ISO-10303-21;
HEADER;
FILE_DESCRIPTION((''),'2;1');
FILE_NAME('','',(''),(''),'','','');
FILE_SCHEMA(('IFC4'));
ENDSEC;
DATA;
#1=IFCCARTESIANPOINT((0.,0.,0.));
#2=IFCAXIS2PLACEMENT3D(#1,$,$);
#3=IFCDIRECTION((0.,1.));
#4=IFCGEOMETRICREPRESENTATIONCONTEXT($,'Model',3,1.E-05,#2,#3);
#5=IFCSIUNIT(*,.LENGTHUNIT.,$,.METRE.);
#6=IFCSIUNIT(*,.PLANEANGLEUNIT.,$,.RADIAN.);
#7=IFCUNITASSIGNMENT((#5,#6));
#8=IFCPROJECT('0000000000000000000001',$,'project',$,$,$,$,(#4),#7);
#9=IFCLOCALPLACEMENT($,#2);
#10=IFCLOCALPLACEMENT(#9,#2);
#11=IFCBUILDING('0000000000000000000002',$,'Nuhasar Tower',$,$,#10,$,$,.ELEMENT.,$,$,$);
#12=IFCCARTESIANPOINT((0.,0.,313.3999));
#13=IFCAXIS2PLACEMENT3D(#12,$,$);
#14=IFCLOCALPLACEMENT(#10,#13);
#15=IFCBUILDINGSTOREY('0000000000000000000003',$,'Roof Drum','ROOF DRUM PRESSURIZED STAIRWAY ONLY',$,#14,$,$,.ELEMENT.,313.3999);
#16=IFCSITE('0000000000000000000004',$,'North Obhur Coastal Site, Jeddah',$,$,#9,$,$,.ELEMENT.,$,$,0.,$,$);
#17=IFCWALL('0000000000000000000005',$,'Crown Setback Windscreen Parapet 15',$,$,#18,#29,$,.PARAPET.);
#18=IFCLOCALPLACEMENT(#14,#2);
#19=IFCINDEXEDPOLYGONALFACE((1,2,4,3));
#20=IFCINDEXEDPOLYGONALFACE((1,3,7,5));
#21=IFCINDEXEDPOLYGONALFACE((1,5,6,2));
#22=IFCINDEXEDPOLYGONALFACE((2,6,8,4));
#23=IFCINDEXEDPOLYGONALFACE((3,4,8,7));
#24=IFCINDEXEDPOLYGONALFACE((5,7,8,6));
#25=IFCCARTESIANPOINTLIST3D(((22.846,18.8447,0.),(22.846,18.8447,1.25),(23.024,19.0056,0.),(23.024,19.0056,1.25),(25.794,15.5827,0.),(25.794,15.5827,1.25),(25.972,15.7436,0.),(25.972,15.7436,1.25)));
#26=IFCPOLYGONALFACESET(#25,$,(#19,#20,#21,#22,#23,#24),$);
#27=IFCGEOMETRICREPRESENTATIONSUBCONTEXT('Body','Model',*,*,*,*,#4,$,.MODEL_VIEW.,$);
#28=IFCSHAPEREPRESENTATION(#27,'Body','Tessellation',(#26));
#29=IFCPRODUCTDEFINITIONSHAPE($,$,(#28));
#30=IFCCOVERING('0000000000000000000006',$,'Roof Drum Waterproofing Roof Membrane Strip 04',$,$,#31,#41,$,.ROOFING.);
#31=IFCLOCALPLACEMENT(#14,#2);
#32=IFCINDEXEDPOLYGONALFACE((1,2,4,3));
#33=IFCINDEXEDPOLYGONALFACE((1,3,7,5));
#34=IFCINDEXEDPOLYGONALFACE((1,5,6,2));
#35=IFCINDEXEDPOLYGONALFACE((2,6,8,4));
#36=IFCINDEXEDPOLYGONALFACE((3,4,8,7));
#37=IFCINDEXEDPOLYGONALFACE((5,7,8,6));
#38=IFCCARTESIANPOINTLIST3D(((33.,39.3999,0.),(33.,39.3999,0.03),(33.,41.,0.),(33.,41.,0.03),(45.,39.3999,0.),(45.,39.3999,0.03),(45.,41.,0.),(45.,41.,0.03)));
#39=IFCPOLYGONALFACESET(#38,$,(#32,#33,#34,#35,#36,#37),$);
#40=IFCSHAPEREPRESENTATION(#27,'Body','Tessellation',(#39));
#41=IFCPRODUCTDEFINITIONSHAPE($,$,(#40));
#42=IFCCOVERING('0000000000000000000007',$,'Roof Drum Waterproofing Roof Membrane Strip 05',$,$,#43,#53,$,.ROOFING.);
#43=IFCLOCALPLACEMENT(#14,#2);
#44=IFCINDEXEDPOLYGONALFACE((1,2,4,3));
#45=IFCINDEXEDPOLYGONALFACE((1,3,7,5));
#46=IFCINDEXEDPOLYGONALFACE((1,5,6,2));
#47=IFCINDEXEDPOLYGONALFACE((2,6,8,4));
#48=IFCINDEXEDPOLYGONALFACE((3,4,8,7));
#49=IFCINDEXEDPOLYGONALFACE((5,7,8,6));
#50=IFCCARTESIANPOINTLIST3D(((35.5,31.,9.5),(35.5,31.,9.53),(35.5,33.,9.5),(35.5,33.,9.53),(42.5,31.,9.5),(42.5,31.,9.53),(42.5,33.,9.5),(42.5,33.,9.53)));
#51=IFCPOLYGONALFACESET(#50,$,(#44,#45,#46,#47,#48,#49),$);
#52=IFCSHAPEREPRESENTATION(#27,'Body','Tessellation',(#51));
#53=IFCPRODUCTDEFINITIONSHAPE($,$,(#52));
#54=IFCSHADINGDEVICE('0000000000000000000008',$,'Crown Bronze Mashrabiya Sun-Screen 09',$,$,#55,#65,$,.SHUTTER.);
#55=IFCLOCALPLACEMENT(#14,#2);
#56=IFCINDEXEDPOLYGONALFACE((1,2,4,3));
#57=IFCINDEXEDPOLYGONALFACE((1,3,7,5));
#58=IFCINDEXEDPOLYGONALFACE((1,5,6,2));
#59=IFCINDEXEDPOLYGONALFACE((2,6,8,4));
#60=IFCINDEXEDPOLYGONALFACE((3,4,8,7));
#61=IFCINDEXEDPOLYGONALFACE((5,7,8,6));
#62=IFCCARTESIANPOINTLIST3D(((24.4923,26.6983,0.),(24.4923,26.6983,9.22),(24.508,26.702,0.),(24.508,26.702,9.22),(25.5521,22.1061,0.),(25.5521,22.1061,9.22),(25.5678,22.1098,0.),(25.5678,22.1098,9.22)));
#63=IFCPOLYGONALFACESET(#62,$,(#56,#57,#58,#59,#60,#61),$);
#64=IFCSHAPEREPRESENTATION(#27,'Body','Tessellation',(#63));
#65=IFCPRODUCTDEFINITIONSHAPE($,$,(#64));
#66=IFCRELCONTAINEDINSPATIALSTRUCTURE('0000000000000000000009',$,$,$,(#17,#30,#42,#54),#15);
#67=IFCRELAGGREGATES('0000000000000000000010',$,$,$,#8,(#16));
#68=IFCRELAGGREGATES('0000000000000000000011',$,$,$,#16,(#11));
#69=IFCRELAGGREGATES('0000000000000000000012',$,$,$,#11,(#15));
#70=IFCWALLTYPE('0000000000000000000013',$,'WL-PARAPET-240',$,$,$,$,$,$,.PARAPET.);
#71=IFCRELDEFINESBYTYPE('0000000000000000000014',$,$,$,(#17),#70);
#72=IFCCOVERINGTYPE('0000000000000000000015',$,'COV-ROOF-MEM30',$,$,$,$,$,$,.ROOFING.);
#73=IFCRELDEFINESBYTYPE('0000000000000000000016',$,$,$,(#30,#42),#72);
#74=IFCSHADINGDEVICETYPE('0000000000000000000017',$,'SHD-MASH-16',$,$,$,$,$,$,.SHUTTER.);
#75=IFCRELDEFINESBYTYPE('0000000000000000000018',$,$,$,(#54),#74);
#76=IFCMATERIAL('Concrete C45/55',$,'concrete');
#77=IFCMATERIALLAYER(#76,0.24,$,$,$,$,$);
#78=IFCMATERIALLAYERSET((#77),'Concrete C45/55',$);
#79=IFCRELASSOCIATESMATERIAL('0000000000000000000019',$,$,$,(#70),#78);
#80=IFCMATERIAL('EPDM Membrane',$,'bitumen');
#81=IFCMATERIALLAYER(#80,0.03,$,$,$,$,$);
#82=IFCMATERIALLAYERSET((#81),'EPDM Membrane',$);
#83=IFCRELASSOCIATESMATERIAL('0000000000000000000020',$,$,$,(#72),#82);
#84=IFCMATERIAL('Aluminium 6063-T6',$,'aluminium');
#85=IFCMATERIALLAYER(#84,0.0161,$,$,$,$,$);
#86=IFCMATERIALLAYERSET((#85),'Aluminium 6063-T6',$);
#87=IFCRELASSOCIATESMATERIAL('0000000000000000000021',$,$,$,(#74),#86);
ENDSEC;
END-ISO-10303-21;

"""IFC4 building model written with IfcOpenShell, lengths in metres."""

from ifc_helpers import new_model, si_unit, direction, frame, frame_2d, origin, origin_2d, place, context, subcontext, project, spatial, polyline, rectangle, outline, extrude, material, layer, layer_set, type_object, element, save


model = new_model("IFC4")

# Units and contexts
model_context = context("Model", 3, precision=1e-05, world=origin(), true_north=direction((0.0, 1.0)))
body_context = subcontext(model_context, "Body", "Model", "MODEL_VIEW")
ifc_project = project(units=[si_unit("LENGTHUNIT", "METRE"), si_unit("PLANEANGLEUNIT", "RADIAN")], contexts=[model_context])

# Site, building, storey
site_placement = place(None, origin())
site = spatial("IfcSite", under=ifc_project, at=site_placement, Name="North Obhur Coastal Site, Jeddah", CompositionType="ELEMENT", RefElevation=0.0)
building_placement = place(site_placement, origin())
building = spatial("IfcBuilding", under=site, at=building_placement, Name="Nuhasar Tower", CompositionType="ELEMENT")
storey_placement = place(building_placement, frame((0.0, 0.0, 313.3999)))
storey = spatial("IfcBuildingStorey", under=building, at=storey_placement, Name="Roof Drum", Description="ROOF DRUM PRESSURIZED STAIRWAY ONLY", CompositionType="ELEMENT", Elevation=313.3999)

# Shared definitions
ifc_material_1 = material(Name="Aluminium 6063-T6", Category="aluminium")

# Shared definitions
ifc_material_2 = material(Name="Concrete C45/55", Category="concrete")

# Wall
ifc_layer_1 = layer(ifc_material_2, 0.24)
ifc_layer_set_1 = layer_set([ifc_layer_1], Name="Concrete C45/55")
wall_type = type_object("IfcWallType", Name="WL-PARAPET-240", PredefinedType="PARAPET", material=ifc_layer_set_1)
wall_1_placement = place(storey_placement, frame((22.9351, 18.925, 0.0), z_axis=(0.0, 0.0, 1.0), x_axis=(0.6705, -0.741909, 0.0)))
element("IfcWall", 1, at=wall_1_placement, inside=storey, type_object=wall_type, Name="Crown Setback Windscreen Parapet 15", PredefinedType="PARAPET", context=body_context, shape_type="SweptSolid", body=[
    extrude(rectangle(XDim=4.3967, YDim=0.24, at=frame_2d((2.1982, 0.0))), origin(), (0.0, 0.0, 1.0), 1.25),
])

# Coverings
ifc_material_3 = material(Name="EPDM Membrane", Category="bitumen")
ifc_layer_2 = layer(ifc_material_3, 0.03)
ifc_layer_set_2 = layer_set([ifc_layer_2], Name="EPDM Membrane")
covering_type = type_object("IfcCoveringType", Name="COV-ROOF-MEM30", PredefinedType="ROOFING", material=ifc_layer_set_2)
covering_1_placement = place(storey_placement, origin())
element("IfcCovering", 2, at=covering_1_placement, inside=storey, type_object=covering_type, Name="Roof Drum Waterproofing Roof Membrane Strip 04", PredefinedType="ROOFING", context=body_context, shape_type="SweptSolid", body=[
    extrude(outline(polyline([(33.0, 39.3999), (45.0, 39.3999), (45.0, 41.0), (33.0, 41.0), (33.0, 39.3999)])), origin(), (0.0, 0.0, 1.0), 0.03),
])
covering_2_placement = place(storey_placement, frame((0.0, 0.0, 9.5)))
element("IfcCovering", 3, at=covering_2_placement, inside=storey, type_object=covering_type, Name="Roof Drum Waterproofing Roof Membrane Strip 05", PredefinedType="ROOFING", context=body_context, shape_type="SweptSolid", body=[
    extrude(outline(polyline([(35.5, 31.0), (42.5, 31.0), (42.5, 33.0), (35.5, 33.0), (35.5, 31.0)])), origin(), (0.0, 0.0, 1.0), 0.03),
])

# Shading device
ifc_layer_3 = layer(ifc_material_1, 0.0161)
ifc_layer_set_3 = layer_set([ifc_layer_3], Name="Aluminium 6063-T6")
shading_device_type = type_object("IfcShadingDeviceType", Name="SHD-MASH-16", PredefinedType="SHUTTER", material=ifc_layer_set_3)
shading_device_placement = place(storey_placement, frame((25.03, 24.4041, 0.0), z_axis=(0.0, 0.0, 1.0), x_axis=(0.224866, -0.97439, 0.0)))
element("IfcShadingDevice", 4, at=shading_device_placement, inside=storey, type_object=shading_device_type, Name="Crown Bronze Mashrabiya Sun-Screen 09", PredefinedType="SHUTTER", context=body_context, shape_type="SweptSolid", body=[
    extrude(rectangle(XDim=4.7129, YDim=0.0161, at=origin_2d()), origin(), (0.0, 0.0, 1.0), 9.22),
])

save(model, "model.ifc")
